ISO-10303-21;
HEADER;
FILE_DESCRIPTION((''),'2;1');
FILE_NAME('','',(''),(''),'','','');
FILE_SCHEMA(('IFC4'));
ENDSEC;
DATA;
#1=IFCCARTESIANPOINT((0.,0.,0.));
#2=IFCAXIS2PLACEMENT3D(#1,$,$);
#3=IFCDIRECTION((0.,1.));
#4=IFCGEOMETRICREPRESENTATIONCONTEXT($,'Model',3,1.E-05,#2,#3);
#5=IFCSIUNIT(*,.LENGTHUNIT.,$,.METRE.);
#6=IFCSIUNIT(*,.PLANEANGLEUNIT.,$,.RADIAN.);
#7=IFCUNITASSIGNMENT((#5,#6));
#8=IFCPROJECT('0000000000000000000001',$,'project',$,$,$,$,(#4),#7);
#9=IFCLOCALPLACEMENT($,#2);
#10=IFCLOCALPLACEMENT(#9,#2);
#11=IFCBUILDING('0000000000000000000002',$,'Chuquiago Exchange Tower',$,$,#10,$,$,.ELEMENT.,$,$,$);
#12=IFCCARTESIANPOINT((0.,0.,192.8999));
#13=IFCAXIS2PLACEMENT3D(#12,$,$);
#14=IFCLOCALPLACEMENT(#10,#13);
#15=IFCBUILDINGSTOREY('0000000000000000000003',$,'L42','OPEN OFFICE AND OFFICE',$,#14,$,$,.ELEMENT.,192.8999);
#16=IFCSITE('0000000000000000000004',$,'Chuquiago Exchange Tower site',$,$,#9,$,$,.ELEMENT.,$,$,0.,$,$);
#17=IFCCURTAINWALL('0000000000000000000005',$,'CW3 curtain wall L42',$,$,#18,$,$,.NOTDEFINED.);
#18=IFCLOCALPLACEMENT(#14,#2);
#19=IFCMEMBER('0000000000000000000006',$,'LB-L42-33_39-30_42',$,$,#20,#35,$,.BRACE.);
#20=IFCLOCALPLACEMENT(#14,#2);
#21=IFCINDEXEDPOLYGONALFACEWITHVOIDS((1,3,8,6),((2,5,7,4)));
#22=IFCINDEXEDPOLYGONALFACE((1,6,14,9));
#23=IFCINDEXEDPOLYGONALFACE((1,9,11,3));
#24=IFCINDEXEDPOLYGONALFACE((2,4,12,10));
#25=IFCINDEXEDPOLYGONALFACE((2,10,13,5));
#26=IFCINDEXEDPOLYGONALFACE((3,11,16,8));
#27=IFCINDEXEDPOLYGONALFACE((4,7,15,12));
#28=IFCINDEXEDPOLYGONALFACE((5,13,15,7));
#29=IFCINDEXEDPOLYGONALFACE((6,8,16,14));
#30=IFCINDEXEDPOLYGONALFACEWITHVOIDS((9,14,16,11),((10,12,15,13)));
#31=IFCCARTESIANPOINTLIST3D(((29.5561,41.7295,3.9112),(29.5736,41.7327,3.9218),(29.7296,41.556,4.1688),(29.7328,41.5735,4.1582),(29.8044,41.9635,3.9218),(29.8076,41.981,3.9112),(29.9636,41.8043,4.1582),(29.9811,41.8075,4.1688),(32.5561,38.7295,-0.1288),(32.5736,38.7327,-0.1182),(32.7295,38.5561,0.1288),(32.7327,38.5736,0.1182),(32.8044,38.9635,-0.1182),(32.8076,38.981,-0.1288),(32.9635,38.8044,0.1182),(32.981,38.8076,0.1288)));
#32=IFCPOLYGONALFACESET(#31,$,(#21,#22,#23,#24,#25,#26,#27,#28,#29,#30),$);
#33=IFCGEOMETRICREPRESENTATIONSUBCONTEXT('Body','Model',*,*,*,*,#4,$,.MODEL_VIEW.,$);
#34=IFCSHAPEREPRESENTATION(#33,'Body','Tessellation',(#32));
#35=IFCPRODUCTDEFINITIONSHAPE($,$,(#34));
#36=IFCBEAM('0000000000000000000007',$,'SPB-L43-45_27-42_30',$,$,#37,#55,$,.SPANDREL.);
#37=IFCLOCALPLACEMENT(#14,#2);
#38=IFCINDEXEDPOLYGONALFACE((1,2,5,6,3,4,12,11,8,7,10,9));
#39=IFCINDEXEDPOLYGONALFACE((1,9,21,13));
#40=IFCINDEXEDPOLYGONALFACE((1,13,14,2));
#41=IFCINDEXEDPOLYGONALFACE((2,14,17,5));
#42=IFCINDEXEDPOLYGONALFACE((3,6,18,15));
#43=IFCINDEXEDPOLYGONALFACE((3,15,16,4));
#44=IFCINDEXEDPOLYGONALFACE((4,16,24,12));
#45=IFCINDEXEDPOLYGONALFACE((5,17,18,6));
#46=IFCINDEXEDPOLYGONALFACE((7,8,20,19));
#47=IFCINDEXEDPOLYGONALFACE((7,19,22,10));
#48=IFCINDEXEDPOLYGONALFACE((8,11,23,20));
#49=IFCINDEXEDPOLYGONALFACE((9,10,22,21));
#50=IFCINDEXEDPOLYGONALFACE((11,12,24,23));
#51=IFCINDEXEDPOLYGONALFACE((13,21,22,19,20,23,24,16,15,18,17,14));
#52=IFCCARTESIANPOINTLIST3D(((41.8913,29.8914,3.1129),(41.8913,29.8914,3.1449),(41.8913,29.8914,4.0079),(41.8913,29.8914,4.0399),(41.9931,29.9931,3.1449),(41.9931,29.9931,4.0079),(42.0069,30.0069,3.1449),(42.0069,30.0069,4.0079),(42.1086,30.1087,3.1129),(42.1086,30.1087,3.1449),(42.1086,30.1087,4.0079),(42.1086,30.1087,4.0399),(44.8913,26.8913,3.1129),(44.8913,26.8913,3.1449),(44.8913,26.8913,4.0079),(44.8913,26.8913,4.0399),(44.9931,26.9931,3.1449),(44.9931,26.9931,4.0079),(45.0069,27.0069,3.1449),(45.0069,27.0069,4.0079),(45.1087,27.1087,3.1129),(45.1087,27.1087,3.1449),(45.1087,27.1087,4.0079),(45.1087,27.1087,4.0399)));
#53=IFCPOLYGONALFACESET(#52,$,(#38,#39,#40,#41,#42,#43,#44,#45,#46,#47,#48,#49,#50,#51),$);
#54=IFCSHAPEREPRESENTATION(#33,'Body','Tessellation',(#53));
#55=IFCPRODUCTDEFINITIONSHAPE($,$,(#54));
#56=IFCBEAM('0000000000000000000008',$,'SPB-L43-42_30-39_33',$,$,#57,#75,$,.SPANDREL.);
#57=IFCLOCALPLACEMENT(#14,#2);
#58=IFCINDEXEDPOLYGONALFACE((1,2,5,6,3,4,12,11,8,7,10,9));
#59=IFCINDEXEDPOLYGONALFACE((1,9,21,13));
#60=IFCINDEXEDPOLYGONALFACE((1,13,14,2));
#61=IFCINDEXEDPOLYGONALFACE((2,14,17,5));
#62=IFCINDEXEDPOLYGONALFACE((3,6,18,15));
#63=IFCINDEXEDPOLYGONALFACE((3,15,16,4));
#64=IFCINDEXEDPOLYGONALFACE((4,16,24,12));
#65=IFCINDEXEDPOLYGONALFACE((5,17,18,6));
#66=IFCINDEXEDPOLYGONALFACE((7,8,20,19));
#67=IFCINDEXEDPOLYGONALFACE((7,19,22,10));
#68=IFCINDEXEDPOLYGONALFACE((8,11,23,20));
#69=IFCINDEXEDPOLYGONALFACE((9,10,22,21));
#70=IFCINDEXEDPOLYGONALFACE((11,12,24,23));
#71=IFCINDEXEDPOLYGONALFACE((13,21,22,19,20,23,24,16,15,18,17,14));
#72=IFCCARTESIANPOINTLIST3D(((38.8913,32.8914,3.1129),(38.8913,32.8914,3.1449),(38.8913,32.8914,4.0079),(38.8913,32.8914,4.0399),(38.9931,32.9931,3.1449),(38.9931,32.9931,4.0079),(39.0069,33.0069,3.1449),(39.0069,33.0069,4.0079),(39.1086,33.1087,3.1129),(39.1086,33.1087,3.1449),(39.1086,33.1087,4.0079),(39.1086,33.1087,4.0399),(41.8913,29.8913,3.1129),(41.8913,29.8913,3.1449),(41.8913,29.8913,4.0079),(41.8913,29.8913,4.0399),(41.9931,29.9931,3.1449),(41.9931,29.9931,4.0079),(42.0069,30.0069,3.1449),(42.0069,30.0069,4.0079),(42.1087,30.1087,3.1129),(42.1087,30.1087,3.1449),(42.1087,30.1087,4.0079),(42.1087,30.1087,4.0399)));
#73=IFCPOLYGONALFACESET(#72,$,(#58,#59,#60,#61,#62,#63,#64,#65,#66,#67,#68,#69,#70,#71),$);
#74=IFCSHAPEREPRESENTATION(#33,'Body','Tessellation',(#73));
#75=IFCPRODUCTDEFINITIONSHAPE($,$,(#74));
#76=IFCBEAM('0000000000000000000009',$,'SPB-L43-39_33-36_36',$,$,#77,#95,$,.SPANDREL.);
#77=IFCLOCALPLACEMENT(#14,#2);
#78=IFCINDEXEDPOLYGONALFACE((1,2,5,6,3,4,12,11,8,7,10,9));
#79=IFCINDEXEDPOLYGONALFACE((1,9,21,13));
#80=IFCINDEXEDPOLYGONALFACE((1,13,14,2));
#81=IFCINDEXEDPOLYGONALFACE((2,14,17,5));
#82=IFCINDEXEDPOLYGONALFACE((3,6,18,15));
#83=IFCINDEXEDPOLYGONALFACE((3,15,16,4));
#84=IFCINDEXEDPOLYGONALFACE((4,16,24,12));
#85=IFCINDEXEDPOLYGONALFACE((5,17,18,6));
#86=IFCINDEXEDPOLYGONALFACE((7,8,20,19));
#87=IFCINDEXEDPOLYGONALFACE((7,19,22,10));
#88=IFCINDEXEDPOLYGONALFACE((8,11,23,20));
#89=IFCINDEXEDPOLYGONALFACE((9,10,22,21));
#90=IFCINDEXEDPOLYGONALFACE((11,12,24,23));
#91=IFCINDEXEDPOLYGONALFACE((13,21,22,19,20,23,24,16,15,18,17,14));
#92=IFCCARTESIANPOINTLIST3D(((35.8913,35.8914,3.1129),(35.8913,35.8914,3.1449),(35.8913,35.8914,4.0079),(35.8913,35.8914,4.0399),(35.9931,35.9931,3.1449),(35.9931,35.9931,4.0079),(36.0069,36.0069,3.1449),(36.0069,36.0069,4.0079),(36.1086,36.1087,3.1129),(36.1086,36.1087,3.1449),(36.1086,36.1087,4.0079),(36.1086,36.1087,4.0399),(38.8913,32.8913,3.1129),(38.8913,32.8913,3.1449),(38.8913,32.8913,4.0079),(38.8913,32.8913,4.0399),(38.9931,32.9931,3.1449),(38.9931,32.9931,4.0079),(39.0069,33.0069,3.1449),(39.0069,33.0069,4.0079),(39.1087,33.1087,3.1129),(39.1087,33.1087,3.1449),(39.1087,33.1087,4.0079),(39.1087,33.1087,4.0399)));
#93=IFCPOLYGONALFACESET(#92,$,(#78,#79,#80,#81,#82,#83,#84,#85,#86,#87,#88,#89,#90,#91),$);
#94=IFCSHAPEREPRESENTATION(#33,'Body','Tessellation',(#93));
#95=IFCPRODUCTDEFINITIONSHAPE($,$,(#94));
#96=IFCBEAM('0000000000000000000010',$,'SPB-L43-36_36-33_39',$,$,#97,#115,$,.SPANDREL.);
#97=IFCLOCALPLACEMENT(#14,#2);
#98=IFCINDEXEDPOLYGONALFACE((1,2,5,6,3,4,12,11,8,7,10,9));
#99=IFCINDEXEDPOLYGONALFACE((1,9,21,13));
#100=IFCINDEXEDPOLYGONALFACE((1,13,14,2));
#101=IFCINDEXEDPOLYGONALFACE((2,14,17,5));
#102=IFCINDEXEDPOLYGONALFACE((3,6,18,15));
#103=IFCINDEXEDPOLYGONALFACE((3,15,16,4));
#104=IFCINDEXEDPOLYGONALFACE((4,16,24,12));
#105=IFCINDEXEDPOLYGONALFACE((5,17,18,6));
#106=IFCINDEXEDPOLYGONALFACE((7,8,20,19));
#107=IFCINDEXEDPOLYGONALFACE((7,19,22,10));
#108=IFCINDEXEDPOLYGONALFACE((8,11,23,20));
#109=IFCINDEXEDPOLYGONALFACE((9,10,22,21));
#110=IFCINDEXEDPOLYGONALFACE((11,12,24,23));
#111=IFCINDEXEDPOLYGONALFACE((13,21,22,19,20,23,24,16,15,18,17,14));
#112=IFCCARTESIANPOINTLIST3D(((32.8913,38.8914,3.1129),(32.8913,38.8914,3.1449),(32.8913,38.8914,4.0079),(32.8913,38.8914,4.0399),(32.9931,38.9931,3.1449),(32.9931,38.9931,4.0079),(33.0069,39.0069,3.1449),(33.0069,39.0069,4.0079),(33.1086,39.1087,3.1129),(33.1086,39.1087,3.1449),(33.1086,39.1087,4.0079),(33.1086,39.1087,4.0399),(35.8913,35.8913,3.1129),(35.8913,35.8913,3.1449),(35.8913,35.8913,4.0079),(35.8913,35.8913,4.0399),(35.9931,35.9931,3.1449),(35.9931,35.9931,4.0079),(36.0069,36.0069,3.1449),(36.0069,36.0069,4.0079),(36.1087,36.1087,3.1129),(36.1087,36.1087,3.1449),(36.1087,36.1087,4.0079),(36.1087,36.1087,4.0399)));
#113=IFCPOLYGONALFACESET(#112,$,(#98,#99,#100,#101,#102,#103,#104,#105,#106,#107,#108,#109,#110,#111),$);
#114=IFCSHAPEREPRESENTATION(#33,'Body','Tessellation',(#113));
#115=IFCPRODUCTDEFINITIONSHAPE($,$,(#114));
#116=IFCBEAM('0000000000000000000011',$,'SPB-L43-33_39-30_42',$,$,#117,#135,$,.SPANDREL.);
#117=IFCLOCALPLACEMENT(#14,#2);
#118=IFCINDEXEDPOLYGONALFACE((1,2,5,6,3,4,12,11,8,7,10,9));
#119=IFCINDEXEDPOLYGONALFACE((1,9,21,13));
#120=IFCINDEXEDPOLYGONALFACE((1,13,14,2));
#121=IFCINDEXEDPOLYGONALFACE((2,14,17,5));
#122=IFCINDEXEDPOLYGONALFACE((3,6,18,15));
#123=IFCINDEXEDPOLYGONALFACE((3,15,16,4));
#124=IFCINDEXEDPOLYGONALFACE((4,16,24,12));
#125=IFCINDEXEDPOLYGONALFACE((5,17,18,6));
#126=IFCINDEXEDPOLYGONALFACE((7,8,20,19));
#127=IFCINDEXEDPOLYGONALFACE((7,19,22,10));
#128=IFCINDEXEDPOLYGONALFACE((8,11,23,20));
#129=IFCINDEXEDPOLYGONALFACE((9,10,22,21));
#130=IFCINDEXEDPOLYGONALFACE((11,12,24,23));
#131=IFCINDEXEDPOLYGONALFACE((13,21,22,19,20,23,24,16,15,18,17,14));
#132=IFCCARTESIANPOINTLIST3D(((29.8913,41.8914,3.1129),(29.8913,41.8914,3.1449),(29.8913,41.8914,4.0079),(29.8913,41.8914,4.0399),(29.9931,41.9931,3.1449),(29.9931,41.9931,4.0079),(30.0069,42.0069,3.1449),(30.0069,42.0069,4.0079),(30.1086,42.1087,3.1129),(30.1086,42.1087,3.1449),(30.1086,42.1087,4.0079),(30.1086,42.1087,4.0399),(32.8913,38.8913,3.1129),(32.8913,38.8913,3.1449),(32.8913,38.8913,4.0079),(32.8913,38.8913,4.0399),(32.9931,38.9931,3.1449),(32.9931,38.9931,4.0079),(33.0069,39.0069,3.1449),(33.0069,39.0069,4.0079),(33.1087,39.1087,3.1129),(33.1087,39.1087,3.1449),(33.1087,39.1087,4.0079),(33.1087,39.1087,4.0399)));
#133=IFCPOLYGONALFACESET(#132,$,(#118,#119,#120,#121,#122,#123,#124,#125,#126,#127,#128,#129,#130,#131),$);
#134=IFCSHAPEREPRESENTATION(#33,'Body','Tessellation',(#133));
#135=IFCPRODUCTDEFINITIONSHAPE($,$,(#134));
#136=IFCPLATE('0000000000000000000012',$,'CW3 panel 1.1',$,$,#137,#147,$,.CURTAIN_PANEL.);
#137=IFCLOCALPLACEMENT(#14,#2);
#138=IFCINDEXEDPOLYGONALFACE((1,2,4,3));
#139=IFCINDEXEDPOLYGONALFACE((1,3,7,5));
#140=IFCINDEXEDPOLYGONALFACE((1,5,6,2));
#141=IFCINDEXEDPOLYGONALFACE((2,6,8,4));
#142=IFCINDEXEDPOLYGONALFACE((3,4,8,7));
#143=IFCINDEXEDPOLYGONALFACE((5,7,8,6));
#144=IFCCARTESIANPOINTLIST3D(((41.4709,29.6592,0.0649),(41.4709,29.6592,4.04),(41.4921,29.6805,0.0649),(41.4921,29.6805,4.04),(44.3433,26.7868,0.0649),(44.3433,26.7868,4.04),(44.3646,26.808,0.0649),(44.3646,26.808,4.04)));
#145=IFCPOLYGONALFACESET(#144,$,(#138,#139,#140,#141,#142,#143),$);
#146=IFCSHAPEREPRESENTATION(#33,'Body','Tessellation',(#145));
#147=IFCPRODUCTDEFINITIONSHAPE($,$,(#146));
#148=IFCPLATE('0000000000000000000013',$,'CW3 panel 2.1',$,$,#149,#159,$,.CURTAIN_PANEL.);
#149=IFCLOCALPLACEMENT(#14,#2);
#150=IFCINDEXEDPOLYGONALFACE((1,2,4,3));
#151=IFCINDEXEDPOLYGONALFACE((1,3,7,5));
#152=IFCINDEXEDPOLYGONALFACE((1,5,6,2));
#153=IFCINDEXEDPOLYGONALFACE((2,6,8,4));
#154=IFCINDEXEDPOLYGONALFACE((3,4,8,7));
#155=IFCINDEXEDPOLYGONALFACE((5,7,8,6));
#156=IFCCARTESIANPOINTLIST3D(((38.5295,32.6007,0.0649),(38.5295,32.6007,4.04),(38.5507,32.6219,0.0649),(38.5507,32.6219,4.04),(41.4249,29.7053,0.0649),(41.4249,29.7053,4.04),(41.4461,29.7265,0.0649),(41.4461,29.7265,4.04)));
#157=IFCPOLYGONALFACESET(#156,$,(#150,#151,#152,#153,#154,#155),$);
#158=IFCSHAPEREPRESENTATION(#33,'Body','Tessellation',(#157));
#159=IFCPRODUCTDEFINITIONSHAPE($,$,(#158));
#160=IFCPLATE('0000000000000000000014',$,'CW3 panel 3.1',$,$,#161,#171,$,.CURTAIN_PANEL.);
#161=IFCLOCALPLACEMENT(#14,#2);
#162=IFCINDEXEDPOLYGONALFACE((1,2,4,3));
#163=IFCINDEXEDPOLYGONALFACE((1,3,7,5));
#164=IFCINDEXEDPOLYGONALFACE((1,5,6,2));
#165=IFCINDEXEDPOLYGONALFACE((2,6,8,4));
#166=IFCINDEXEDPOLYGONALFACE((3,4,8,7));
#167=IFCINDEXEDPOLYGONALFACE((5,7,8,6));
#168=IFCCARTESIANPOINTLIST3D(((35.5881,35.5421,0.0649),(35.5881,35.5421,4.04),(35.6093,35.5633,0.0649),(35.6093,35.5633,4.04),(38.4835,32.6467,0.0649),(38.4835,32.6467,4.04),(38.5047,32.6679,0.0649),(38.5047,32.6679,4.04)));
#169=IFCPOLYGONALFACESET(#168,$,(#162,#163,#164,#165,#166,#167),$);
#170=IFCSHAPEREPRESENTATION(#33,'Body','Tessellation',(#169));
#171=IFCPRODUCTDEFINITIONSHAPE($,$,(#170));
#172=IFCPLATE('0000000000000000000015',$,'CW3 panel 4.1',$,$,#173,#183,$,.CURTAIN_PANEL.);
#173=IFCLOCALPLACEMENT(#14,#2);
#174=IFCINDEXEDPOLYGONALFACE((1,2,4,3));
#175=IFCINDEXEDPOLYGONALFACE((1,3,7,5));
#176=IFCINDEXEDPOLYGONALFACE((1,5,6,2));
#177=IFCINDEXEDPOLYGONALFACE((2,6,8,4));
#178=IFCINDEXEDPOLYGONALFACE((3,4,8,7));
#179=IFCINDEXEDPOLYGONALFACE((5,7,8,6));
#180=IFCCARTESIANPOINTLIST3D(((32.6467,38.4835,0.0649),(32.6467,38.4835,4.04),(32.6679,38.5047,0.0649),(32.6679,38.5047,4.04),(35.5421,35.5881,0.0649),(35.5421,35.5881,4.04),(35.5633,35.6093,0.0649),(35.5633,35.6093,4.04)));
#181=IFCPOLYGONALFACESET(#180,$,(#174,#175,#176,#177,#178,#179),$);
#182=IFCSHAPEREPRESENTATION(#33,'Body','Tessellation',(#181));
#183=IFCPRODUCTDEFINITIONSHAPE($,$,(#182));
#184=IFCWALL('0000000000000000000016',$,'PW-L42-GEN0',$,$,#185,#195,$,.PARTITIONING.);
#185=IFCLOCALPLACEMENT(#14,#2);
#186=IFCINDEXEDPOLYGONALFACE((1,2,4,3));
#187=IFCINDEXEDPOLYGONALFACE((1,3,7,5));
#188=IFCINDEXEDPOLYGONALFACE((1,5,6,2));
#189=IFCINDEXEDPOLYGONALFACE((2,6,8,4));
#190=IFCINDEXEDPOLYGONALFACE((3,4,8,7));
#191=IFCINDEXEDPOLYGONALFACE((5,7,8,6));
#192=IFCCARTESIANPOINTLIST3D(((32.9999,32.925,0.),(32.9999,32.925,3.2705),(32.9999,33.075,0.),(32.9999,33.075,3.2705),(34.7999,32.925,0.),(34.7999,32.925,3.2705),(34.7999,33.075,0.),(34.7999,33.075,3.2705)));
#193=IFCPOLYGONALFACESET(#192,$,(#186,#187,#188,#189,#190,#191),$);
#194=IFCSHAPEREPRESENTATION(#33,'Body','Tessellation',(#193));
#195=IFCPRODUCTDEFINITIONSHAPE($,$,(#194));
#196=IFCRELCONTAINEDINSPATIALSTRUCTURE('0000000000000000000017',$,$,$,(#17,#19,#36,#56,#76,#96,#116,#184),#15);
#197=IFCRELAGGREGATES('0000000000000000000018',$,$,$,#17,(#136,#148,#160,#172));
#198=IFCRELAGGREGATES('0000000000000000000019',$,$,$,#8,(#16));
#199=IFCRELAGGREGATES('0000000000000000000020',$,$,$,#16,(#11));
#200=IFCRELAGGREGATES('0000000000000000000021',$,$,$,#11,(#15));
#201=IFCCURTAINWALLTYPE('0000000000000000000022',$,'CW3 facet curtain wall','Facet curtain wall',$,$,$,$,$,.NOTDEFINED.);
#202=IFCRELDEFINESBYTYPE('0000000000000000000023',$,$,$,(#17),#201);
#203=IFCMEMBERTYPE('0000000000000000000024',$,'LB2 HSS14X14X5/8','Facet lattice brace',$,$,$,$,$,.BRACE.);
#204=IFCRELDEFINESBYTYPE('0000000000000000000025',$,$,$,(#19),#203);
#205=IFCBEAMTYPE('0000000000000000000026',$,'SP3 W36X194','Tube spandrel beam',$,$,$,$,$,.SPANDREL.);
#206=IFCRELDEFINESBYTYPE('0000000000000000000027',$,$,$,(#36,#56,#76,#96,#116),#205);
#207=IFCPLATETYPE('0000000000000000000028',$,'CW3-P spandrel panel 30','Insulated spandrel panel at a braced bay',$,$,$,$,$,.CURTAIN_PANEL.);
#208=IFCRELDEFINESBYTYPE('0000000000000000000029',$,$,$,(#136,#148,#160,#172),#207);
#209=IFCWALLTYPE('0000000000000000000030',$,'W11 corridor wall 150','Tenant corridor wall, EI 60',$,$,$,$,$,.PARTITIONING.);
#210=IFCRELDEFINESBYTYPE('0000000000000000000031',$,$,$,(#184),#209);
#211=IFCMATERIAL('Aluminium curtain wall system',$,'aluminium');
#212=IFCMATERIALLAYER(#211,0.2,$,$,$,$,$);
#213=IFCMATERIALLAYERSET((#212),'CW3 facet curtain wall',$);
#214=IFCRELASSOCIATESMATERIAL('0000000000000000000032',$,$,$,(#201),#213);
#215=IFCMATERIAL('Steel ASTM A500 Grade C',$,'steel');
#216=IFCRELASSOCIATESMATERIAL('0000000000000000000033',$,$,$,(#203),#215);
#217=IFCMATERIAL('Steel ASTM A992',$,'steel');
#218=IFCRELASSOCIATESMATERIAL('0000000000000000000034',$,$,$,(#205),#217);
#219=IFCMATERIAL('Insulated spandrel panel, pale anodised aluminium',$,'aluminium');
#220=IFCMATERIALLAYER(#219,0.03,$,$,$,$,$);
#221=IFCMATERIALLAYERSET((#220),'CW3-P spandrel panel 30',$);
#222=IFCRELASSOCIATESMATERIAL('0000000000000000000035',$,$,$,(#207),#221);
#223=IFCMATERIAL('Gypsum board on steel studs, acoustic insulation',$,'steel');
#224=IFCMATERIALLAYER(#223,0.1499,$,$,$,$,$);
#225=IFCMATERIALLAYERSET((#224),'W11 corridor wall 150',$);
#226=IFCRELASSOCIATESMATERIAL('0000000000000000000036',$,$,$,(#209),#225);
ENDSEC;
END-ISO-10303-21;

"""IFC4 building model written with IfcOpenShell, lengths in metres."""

from ifc_helpers import new_model, si_unit, direction, frame, frame_2d, origin, origin_2d, place, context, subcontext, project, spatial, rectangle, hollow_rectangle, i_section, extrude, material, layer, layer_set, material_profile, profile_set, type_object, element, aggregate, save


model = new_model("IFC4")

# Units and contexts
model_context = context("Model", 3, precision=1e-05, world=origin(), true_north=direction((0.0, 1.0)))
body_context = subcontext(model_context, "Body", "Model", "MODEL_VIEW")
ifc_project = project(units=[si_unit("LENGTHUNIT", "METRE"), si_unit("PLANEANGLEUNIT", "RADIAN")], contexts=[model_context])

# Site, building, storey
site_placement = place(None, origin())
site = spatial("IfcSite", under=ifc_project, at=site_placement, Name="Chuquiago Exchange Tower site", CompositionType="ELEMENT", RefElevation=0.0)
building_placement = place(site_placement, origin())
building = spatial("IfcBuilding", under=site, at=building_placement, Name="Chuquiago Exchange Tower", CompositionType="ELEMENT")
storey_placement = place(building_placement, frame((0.0, 0.0, 192.8999)))
storey = spatial("IfcBuildingStorey", under=building, at=storey_placement, Name="L42", Description="OPEN OFFICE AND OFFICE", CompositionType="ELEMENT", Elevation=192.8999)

# Curtain wall
ifc_material_1 = material(Name="Aluminium curtain wall system", Category="aluminium")
ifc_layer_1 = layer(ifc_material_1, 0.2)
ifc_layer_set_1 = layer_set([ifc_layer_1], Name="CW3 facet curtain wall")
curtain_wall_type = type_object("IfcCurtainWallType", Name="CW3 facet curtain wall", Description="Facet curtain wall", PredefinedType="NOTDEFINED", material=ifc_layer_set_1)
curtain_wall_placement = place(storey_placement, origin())
curtain_wall = element("IfcCurtainWall", 1, at=curtain_wall_placement, inside=storey, type_object=curtain_wall_type, Name="CW3 curtain wall L42", PredefinedType="NOTDEFINED")

# Member
ifc_material_2 = material(Name="Steel ASTM A500 Grade C", Category="steel")
ifc_material_profile_1 = material_profile(ifc_material_2, hollow_rectangle(XDim=0.3557, YDim=0.3557, WallThickness=0.0146, at=origin_2d()), Name="HSS14X14X5/8")
ifc_profile_set_1 = profile_set([ifc_material_profile_1], Name="Steel ASTM A500 Grade C")
member_type_1 = type_object("IfcMemberType", Name="LB2 HSS14X14X5/8", Description="Facet lattice brace", PredefinedType="BRACE", material=ifc_profile_set_1)
for number, where, z_axis, x_axis, name in (
    (2, (32.7686, 38.7686, 0.0), (-0.512077, 0.512077, 0.689604), (-0.707107, -0.707107, 0.0), "LB-L42-33_39-30_42"),
):
    element("IfcMember", number, at=place(storey_placement, frame(where, z_axis=z_axis, x_axis=x_axis)), inside=storey, type_object=member_type_1, Name=name, PredefinedType="BRACE", context=body_context, shape_type="SweptSolid", body=[
        extrude(hollow_rectangle(XDim=0.3557, YDim=0.3557, WallThickness=0.0146, at=origin_2d()), origin(), (0.0, 0.0, 1.0), 5.8584),
    ])

# Beams
ifc_material_3 = material(Name="Steel ASTM A992", Category="steel")
ifc_material_profile_2 = material_profile(ifc_material_3, i_section(OverallWidth=0.3074, OverallDepth=0.927, WebThickness=0.0195, FlangeThickness=0.032, at=origin_2d()), Name="W36X194")
ifc_profile_set_2 = profile_set([ifc_material_profile_2], Name="Steel ASTM A992")
beam_type_1 = type_object("IfcBeamType", Name="SP3 W36X194", Description="Tube spandrel beam", PredefinedType="SPANDREL", material=ifc_profile_set_2)
for number, where, z_axis, x_axis, name in (
    (3, (45.0, 27.0, 3.5764), (-0.707107, 0.707107, 0.0), (-0.707107, -0.707107, 0.0), "SPB-L43-45_27-42_30"),
    (4, (42.0, 30.0, 3.5764), (-0.707107, 0.707107, 0.0), (-0.707107, -0.707107, 0.0), "SPB-L43-42_30-39_33"),
    (5, (39.0, 33.0, 3.5764), (-0.707107, 0.707107, 0.0), (-0.707107, -0.707107, 0.0), "SPB-L43-39_33-36_36"),
    (6, (36.0, 36.0, 3.5764), (-0.707107, 0.707107, 0.0), (-0.707107, -0.707107, 0.0), "SPB-L43-36_36-33_39"),
    (7, (33.0, 39.0, 3.5764), (-0.707107, 0.707107, 0.0), (-0.707107, -0.707107, 0.0), "SPB-L43-33_39-30_42"),
):
    element("IfcBeam", number, at=place(storey_placement, frame(where, z_axis=z_axis, x_axis=x_axis)), inside=storey, type_object=beam_type_1, Name=name, PredefinedType="SPANDREL", context=body_context, shape_type="SweptSolid", body=[
        extrude(i_section(OverallWidth=0.3074, OverallDepth=0.927, WebThickness=0.0195, FlangeThickness=0.032, at=origin_2d()), origin(), (0.0, 0.0, 1.0), 4.2427),
    ])

# Plates
ifc_material_4 = material(Name="Insulated spandrel panel, pale anodised aluminium", Category="aluminium")
ifc_layer_2 = layer(ifc_material_4, 0.03)
ifc_layer_set_2 = layer_set([ifc_layer_2], Name="CW3-P spandrel panel 30")
plate_type = type_object("IfcPlateType", Name="CW3-P spandrel panel 30", Description="Insulated spandrel panel at a braced bay", PredefinedType="CURTAIN_PANEL", material=ifc_layer_set_2)
plate_1_placement = place(storey_placement, frame((42.9177, 28.2336, 0.0649), z_axis=(0.0, 0.0, 1.0), x_axis=(-0.707107, 0.707107, 0.0)))
plate_1 = element("IfcPlate", 8, at=plate_1_placement, type_object=plate_type, Name="CW3 panel 1.1", PredefinedType="CURTAIN_PANEL", context=body_context, shape_type="SweptSolid", body=[
    extrude(rectangle(XDim=4.0623, YDim=0.03, at=origin_2d()), origin(), (0.0, 0.0, 1.0), 3.9751),
])
plate_2_placement = place(storey_placement, frame((39.9878, 31.1636, 0.0649), z_axis=(0.0, 0.0, 1.0), x_axis=(-0.707107, 0.707107, 0.0)))
plate_2 = element("IfcPlate", 9, at=plate_2_placement, type_object=plate_type, Name="CW3 panel 2.1", PredefinedType="CURTAIN_PANEL", context=body_context, shape_type="SweptSolid", body=[
    extrude(rectangle(XDim=4.0947, YDim=0.03, at=origin_2d()), origin(), (0.0, 0.0, 1.0), 3.9751),
])
plate_3_placement = place(storey_placement, frame((37.0464, 34.105, 0.0649), z_axis=(0.0, 0.0, 1.0), x_axis=(-0.707107, 0.707107, 0.0)))
plate_3 = element("IfcPlate", 10, at=plate_3_placement, type_object=plate_type, Name="CW3 panel 3.1", PredefinedType="CURTAIN_PANEL", context=body_context, shape_type="SweptSolid", body=[
    extrude(rectangle(XDim=4.0947, YDim=0.03, at=origin_2d()), origin(), (0.0, 0.0, 1.0), 3.9751),
])
plate_4_placement = place(storey_placement, frame((34.105, 37.0464, 0.0649), z_axis=(0.0, 0.0, 1.0), x_axis=(-0.707107, 0.707107, 0.0)))
plate_4 = element("IfcPlate", 11, at=plate_4_placement, type_object=plate_type, Name="CW3 panel 4.1", PredefinedType="CURTAIN_PANEL", context=body_context, shape_type="SweptSolid", body=[
    extrude(rectangle(XDim=4.0947, YDim=0.03, at=origin_2d()), origin(), (0.0, 0.0, 1.0), 3.9751),
])
aggregate(curtain_wall, [plate_1, plate_2, plate_3, plate_4])

# Wall
ifc_material_5 = material(Name="Gypsum board on steel studs, acoustic insulation", Category="steel")
ifc_layer_3 = layer(ifc_material_5, 0.1499)
ifc_layer_set_3 = layer_set([ifc_layer_3], Name="W11 corridor wall 150")
wall_type_1 = type_object("IfcWallType", Name="W11 corridor wall 150", Description="Tenant corridor wall, EI 60", PredefinedType="PARTITIONING", material=ifc_layer_set_3)
wall_1_placement = place(storey_placement, frame((33.0, 33.0, 0.0), z_axis=(0.0, 0.0, 1.0), x_axis=(1.0, 0.0, 0.0)))
element("IfcWall", 12, at=wall_1_placement, inside=storey, type_object=wall_type_1, Name="PW-L42-GEN0", PredefinedType="PARTITIONING", context=body_context, shape_type="SweptSolid", body=[
    extrude(rectangle(XDim=1.8, YDim=0.1499, at=frame_2d((0.8999, 0.0))), origin(), (0.0, 0.0, 1.0), 3.2705),
])

save(model, "model.ifc")
